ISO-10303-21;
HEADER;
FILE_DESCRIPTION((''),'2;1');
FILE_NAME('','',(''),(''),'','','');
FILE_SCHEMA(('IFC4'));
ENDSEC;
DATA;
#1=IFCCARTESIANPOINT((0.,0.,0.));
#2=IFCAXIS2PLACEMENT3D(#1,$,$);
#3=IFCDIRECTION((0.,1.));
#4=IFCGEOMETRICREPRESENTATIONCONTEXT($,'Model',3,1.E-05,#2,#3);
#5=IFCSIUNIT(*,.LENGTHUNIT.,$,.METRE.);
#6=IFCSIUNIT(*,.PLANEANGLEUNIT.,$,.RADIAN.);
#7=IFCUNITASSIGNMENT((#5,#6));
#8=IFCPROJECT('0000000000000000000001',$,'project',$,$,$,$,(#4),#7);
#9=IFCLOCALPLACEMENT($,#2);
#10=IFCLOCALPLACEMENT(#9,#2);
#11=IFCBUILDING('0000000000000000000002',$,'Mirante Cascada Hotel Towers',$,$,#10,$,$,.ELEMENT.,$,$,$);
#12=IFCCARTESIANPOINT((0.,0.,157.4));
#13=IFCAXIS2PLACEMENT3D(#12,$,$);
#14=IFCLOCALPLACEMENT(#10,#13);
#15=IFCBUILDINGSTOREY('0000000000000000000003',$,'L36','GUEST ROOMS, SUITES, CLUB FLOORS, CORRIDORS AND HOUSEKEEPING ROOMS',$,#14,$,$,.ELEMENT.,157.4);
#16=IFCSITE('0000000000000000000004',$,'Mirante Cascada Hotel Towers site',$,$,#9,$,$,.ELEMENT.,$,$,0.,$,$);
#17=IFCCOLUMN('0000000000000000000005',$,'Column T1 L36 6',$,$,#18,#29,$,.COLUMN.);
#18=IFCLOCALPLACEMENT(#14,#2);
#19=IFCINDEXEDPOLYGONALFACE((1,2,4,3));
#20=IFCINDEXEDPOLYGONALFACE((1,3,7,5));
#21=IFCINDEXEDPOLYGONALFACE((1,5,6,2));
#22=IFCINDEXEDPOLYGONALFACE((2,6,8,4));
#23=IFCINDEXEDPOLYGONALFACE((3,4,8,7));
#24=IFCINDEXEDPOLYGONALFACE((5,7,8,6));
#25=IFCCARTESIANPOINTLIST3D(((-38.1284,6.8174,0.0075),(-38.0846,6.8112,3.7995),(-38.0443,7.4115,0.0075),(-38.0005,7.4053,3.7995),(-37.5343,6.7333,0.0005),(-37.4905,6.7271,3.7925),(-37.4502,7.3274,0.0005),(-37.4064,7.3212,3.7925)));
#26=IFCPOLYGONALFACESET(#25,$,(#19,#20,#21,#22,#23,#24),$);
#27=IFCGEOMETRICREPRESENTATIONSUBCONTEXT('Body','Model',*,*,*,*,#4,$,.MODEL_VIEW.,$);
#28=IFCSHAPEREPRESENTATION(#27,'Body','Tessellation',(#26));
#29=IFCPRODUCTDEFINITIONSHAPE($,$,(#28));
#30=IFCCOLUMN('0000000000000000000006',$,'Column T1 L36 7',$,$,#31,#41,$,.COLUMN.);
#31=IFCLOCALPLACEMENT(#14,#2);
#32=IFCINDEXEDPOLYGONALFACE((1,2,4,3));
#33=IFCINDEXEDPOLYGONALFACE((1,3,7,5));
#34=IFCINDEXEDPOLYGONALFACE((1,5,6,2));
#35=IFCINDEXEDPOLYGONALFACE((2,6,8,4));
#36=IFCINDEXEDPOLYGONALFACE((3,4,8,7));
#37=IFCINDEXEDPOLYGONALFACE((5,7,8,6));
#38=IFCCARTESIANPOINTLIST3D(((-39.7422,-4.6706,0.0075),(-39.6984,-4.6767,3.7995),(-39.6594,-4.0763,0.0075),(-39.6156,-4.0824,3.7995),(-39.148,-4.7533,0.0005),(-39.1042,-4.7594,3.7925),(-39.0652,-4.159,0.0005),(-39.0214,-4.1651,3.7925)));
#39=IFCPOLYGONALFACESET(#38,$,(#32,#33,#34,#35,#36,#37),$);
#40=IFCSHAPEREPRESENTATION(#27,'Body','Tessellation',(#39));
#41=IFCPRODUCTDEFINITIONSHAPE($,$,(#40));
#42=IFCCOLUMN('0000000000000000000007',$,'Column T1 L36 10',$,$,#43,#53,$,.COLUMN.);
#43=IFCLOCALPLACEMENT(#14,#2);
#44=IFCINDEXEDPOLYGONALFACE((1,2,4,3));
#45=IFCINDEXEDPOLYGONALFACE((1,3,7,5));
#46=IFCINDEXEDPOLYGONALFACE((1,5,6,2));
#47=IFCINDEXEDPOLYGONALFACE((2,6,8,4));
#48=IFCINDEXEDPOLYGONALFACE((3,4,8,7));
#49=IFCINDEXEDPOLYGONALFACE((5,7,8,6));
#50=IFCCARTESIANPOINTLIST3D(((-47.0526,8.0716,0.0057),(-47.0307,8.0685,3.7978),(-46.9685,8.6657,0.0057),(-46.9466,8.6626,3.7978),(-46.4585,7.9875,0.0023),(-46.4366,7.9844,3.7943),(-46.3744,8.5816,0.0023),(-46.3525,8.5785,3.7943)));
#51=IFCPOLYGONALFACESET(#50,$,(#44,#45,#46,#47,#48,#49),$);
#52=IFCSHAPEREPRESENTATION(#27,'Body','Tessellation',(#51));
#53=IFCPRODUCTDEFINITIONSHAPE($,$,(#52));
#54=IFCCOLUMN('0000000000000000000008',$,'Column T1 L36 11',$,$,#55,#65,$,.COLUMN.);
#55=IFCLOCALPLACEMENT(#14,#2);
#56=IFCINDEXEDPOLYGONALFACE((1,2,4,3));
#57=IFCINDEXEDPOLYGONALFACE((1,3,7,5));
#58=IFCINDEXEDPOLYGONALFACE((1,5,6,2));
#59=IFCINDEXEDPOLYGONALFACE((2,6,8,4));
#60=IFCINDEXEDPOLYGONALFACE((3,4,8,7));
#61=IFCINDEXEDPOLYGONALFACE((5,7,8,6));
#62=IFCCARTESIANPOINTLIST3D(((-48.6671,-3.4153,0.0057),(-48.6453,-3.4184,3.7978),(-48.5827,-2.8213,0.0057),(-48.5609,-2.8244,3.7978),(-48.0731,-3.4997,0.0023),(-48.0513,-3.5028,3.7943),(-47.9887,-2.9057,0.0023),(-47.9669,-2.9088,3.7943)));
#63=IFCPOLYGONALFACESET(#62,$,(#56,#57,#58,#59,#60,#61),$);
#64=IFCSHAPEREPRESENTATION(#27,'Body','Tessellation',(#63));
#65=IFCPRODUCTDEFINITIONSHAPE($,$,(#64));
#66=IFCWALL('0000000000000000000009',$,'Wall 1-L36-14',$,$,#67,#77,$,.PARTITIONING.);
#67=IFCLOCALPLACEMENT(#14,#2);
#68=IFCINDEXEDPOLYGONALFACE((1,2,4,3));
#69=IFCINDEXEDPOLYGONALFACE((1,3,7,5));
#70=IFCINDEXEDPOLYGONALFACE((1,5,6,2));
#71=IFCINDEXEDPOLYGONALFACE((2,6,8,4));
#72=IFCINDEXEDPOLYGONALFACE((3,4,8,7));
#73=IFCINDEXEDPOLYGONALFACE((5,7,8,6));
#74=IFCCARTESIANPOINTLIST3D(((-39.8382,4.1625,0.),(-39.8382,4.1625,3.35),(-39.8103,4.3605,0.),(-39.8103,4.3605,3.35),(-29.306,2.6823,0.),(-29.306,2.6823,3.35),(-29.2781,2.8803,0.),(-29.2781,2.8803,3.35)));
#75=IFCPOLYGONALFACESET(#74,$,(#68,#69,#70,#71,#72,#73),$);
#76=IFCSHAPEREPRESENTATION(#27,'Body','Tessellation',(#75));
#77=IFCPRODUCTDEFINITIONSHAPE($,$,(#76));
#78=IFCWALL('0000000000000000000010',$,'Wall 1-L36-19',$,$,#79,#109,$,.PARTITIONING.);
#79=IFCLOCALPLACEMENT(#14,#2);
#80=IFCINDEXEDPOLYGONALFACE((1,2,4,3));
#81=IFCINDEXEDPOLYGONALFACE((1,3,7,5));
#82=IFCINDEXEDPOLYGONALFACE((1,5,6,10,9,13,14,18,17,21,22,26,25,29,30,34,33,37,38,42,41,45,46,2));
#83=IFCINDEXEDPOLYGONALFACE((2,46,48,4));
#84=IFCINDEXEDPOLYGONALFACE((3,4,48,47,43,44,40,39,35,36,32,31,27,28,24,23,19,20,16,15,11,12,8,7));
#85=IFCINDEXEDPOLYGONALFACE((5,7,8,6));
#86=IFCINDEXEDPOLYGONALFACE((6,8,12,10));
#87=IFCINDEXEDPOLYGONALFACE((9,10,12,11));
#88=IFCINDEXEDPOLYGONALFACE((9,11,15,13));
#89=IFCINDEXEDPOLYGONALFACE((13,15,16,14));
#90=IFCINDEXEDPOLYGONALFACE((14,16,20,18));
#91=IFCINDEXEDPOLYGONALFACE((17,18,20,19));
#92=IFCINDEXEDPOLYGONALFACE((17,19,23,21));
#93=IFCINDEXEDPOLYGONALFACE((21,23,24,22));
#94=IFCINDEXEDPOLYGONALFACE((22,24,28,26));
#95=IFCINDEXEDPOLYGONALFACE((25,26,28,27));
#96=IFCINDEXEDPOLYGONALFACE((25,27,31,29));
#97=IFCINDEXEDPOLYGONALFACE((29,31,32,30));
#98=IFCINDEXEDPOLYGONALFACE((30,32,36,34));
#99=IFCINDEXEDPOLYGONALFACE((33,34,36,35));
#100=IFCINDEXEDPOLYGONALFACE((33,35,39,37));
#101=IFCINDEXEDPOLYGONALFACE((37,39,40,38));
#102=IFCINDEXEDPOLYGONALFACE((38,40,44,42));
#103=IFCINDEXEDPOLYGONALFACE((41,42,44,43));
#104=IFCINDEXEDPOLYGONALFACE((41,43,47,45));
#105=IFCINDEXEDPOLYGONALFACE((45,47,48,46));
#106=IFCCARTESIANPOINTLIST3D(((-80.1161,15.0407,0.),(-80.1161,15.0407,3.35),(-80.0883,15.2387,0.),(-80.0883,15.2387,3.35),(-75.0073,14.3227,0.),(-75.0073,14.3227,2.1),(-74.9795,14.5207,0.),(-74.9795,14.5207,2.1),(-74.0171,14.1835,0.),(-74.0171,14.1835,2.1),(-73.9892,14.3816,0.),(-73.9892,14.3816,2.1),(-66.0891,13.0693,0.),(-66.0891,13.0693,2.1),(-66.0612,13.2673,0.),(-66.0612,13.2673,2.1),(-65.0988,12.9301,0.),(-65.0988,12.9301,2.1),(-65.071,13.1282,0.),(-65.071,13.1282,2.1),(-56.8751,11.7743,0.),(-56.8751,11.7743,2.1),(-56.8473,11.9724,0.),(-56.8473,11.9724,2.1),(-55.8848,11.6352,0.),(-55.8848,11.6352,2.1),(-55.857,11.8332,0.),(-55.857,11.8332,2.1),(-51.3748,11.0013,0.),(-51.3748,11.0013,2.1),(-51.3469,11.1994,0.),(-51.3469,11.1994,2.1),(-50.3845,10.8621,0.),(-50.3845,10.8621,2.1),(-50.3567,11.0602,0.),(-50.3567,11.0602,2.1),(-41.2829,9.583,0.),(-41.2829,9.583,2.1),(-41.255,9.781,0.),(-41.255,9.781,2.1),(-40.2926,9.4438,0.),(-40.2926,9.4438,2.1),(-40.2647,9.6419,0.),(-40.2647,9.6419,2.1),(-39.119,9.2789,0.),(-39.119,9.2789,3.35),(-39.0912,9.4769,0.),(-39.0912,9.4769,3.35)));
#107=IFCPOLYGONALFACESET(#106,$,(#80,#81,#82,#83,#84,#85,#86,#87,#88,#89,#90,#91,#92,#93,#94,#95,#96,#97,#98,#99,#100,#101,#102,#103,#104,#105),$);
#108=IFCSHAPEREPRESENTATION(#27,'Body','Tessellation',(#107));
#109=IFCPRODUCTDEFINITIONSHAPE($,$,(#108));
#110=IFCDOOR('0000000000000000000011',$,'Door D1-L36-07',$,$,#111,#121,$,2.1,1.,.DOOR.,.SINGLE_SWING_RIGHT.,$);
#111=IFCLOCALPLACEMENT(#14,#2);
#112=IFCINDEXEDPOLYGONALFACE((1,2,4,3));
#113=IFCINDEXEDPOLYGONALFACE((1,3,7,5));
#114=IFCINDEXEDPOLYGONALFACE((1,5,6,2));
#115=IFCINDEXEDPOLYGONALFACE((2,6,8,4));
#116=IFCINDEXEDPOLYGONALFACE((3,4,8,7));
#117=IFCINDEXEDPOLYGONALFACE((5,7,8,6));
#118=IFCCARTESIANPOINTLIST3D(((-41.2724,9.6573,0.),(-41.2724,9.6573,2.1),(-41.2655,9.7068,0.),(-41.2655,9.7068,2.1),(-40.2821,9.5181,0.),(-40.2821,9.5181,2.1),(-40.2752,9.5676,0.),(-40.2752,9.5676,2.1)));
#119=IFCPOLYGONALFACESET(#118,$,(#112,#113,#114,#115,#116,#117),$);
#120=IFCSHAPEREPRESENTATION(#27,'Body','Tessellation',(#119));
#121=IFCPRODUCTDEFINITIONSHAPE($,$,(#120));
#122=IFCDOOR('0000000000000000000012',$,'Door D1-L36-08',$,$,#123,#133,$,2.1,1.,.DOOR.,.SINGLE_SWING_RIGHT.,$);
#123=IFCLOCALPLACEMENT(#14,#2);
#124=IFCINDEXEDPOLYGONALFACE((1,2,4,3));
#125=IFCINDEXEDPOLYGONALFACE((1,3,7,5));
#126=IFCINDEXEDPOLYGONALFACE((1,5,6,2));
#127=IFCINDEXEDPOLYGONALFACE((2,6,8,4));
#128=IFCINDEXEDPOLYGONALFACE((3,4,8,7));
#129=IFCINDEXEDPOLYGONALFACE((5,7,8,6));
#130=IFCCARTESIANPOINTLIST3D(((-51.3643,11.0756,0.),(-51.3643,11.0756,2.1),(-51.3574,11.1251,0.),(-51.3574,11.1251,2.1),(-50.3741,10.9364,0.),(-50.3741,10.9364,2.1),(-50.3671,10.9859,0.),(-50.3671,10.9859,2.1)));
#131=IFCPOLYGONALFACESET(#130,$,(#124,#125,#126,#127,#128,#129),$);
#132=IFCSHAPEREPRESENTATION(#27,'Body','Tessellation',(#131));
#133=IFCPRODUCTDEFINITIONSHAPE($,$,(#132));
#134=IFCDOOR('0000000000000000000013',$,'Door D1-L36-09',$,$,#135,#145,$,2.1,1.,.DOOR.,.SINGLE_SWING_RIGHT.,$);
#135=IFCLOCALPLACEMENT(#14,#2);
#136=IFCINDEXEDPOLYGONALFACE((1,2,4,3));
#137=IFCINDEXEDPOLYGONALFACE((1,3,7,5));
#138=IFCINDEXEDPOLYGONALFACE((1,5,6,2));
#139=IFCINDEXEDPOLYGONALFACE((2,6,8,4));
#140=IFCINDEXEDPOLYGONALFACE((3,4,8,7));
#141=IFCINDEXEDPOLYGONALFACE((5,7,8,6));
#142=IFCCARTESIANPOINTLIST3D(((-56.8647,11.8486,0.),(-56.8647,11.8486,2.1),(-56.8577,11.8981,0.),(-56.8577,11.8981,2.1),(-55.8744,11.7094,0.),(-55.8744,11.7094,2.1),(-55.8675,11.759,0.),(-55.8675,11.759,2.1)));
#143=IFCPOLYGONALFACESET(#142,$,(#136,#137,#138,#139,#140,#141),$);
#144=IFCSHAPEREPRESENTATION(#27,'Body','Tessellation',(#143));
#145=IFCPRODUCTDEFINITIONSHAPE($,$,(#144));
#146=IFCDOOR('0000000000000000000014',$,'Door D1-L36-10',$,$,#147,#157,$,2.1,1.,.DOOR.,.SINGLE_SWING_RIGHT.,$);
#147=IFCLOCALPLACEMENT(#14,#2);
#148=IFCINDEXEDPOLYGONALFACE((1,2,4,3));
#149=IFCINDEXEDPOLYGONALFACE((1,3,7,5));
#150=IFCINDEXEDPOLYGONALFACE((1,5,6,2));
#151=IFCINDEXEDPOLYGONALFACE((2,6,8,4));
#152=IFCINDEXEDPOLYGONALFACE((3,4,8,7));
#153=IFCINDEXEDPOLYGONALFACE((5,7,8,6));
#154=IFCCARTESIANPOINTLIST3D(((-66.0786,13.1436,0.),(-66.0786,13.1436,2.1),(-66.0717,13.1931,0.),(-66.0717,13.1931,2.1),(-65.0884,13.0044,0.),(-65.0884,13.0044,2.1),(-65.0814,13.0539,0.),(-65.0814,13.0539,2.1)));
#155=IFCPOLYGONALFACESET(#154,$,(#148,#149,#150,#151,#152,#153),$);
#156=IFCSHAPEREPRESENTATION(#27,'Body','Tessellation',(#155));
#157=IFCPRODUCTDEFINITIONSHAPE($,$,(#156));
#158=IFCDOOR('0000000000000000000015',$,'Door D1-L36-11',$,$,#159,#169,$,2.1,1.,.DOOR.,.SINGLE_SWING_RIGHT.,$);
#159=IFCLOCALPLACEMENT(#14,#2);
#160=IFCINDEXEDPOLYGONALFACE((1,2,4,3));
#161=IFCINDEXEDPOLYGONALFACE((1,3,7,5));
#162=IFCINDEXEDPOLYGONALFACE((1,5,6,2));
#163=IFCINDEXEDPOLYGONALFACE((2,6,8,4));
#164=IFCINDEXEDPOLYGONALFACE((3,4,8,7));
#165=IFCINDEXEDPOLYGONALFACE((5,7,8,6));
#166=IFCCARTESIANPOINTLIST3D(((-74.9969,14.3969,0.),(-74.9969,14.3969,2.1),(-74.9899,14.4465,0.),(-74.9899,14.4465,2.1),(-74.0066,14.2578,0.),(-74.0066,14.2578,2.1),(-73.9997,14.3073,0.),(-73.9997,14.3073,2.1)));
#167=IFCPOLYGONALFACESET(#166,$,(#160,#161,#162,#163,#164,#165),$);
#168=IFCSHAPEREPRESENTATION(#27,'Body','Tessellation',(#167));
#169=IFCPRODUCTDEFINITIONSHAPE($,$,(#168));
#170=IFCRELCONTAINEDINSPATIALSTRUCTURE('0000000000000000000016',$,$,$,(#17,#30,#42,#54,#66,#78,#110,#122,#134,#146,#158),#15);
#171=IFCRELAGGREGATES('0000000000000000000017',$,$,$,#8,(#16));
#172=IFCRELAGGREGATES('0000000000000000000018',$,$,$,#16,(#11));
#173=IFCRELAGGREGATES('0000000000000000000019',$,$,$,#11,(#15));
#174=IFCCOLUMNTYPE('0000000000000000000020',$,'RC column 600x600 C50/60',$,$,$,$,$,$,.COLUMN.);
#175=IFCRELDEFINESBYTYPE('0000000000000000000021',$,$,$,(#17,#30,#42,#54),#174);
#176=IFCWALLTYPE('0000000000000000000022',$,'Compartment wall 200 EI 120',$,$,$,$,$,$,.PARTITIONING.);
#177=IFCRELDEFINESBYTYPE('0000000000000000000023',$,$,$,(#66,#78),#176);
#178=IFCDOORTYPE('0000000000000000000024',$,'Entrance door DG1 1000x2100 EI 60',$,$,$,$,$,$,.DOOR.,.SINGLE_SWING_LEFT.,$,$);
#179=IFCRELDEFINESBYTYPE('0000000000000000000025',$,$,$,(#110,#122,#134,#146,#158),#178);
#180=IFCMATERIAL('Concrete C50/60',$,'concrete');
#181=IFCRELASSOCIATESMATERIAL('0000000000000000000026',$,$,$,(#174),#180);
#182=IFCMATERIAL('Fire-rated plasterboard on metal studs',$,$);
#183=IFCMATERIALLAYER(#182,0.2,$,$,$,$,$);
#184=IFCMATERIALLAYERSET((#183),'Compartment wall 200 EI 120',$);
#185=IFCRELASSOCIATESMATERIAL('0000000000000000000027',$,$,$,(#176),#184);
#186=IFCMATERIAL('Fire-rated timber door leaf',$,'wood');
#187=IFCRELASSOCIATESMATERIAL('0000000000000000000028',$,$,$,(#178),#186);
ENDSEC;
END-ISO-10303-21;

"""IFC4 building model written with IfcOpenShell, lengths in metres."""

from ifc_helpers import new_model, si_unit, direction, frame, frame_2d, origin, origin_2d, place, context, subcontext, project, spatial, rectangle, extrude, material, layer, layer_set, material_profile, profile_set, type_object, element, fill, save


model = new_model("IFC4")

# Units and contexts
model_context = context("Model", 3, precision=1e-05, world=origin(), true_north=direction((0.0, 1.0)))
body_context = subcontext(model_context, "Body", "Model", "MODEL_VIEW")
ifc_project = project(units=[si_unit("LENGTHUNIT", "METRE"), si_unit("PLANEANGLEUNIT", "RADIAN")], contexts=[model_context])

# Site, building, storey
site_placement = place(None, origin())
site = spatial("IfcSite", under=ifc_project, at=site_placement, Name="Mirante Cascada Hotel Towers site", CompositionType="ELEMENT", RefElevation=0.0)
building_placement = place(site_placement, origin())
building = spatial("IfcBuilding", under=site, at=building_placement, Name="Mirante Cascada Hotel Towers", CompositionType="ELEMENT")
storey_placement = place(building_placement, frame((0.0, 0.0, 157.4)))
storey = spatial("IfcBuildingStorey", under=building, at=storey_placement, Name="L36", Description="GUEST ROOMS, SUITES, CLUB FLOORS, CORRIDORS AND HOUSEKEEPING ROOMS", CompositionType="ELEMENT", Elevation=157.4)

# Columns
ifc_material_1 = material(Name="Concrete C50/60", Category="concrete")
ifc_material_profile = material_profile(ifc_material_1, rectangle(XDim=0.6, YDim=0.6, at=origin_2d()), Name="RC column 600x600 C50/60")
ifc_profile_set = profile_set([ifc_material_profile], Name="Concrete C50/60")
column_type = type_object("IfcColumnType", Name="RC column 600x600 C50/60", PredefinedType="COLUMN", material=ifc_profile_set)
for number, where, z_axis, x_axis, name in (
    (1, (-37.7893, 7.0724, 0.004), (0.01155, -0.001635, 0.999932), (0.140155, 0.990129, 0.0), "Column T1 L36 6"),
    (2, (-39.4037, -4.4148, 0.004), (0.01155, -0.001608, 0.999932), (0.137938, 0.990441, 0.0), "Column T1 L36 7"),
):
    element("IfcColumn", number, at=place(storey_placement, frame(where, z_axis=z_axis, x_axis=x_axis)), inside=storey, type_object=column_type, Name=name, PredefinedType="COLUMN", context=body_context, shape_type="SweptSolid", body=[
        extrude(rectangle(XDim=0.6, YDim=0.6, at=origin_2d()), origin(), (0.0, 0.0, 1.0), 3.7923),
    ])
for number, where, z_axis, x_axis, name in (
    (3, (-46.7135, 8.3266, 0.004), (0.005775, -0.000817, 0.999983), (0.140155, 0.990129, 0.0), "Column T1 L36 10"),
    (4, (-48.3279, -3.1605, 0.004), (0.005749, -0.000817, 0.999983), (0.140786, 0.99004, 0.0), "Column T1 L36 11"),
):
    element("IfcColumn", number, at=place(storey_placement, frame(where, z_axis=z_axis, x_axis=x_axis)), inside=storey, type_object=column_type, Name=name, PredefinedType="COLUMN", context=body_context, shape_type="SweptSolid", body=[
        extrude(rectangle(XDim=0.6, YDim=0.6, at=origin_2d()), origin(), (0.0, 0.0, 1.0), 3.7921),
    ])

# Wall
ifc_material_2 = material(Name="Fire-rated plasterboard on metal studs")
ifc_layer_1 = layer(ifc_material_2, 0.2)
ifc_layer_set_1 = layer_set([ifc_layer_1], Name="Compartment wall 200 EI 120")
wall_type_1 = type_object("IfcWallType", Name="Compartment wall 200 EI 120", PredefinedType="PARTITIONING", material=ifc_layer_set_1)
wall_1_placement = place(storey_placement, frame((-39.8242, 4.2615, 0.0), z_axis=(0.0, 0.0, 1.0), x_axis=(0.990268, -0.139173, 0.0)))
element("IfcWall", 5, at=wall_1_placement, inside=storey, type_object=wall_type_1, Name="Wall 1-L36-14", PredefinedType="PARTITIONING", context=body_context, shape_type="SweptSolid", body=[
    extrude(rectangle(XDim=10.6357, YDim=0.2, at=frame_2d((5.3178, 0.0))), origin(), (0.0, 0.0, 1.0), 3.35),
])

# Wall, openings, doors
wall_2_placement = place(storey_placement, frame((-39.1051, 9.3779, 0.0), z_axis=(0.0, 0.0, 1.0), x_axis=(-0.990268, 0.139174, 0.0)))
wall_2 = element("IfcWall", 6, at=wall_2_placement, inside=storey, type_object=wall_type_1, Name="Wall 1-L36-19", PredefinedType="PARTITIONING", context=body_context, shape_type="SweptSolid", body=[
    extrude(rectangle(XDim=41.4, YDim=0.2, at=frame_2d((20.7, 0.0))), origin(), (0.0, 0.0, 1.0), 3.35),
])
opening_1_placement = place(wall_2_placement, frame((1.1851, 0.0, 0.0)))
opening_1 = element("IfcOpeningElement", 7, at=opening_1_placement, cuts=wall_2, PredefinedType="OPENING", context=body_context, shape_type="SweptSolid", body=[
    extrude(rectangle(XDim=1.0, YDim=2.1, at=frame_2d((0.5, 1.05))), frame((0.0, 0.1, 0.0), z_axis=(0.0, -1.0, 0.0), x_axis=(1.0, 0.0, 0.0)), (0.0, 0.0, 1.0), 0.2),
])
opening_2_placement = place(wall_2_placement, frame((11.3762, 0.0, 0.0)))
opening_2 = element("IfcOpeningElement", 8, at=opening_2_placement, cuts=wall_2, PredefinedType="OPENING", context=body_context, shape_type="SweptSolid", body=[
    extrude(rectangle(XDim=1.0, YDim=2.1, at=frame_2d((0.5, 1.05))), frame((0.0, 0.1, 0.0), z_axis=(0.0, -1.0, 0.0), x_axis=(1.0, 0.0, 0.0)), (0.0, 0.0, 1.0), 0.2),
])
opening_3_placement = place(wall_2_placement, frame((16.9306, 0.0, 0.0)))
opening_3 = element("IfcOpeningElement", 9, at=opening_3_placement, cuts=wall_2, PredefinedType="OPENING", context=body_context, shape_type="SweptSolid", body=[
    extrude(rectangle(XDim=1.0, YDim=2.1, at=frame_2d((0.5, 1.05))), frame((0.0, 0.1, 0.0), z_axis=(0.0, -1.0, 0.0), x_axis=(1.0, 0.0, 0.0)), (0.0, 0.0, 1.0), 0.2),
])
opening_4_placement = place(wall_2_placement, frame((26.2351, 0.0, 0.0)))
opening_4 = element("IfcOpeningElement", 10, at=opening_4_placement, cuts=wall_2, PredefinedType="OPENING", context=body_context, shape_type="SweptSolid", body=[
    extrude(rectangle(XDim=1.0, YDim=2.1, at=frame_2d((0.5, 1.05))), frame((0.0, 0.1, 0.0), z_axis=(0.0, -1.0, 0.0), x_axis=(1.0, 0.0, 0.0)), (0.0, 0.0, 1.0), 0.2),
])
opening_5_placement = place(wall_2_placement, frame((35.241, 0.0, 0.0)))
opening_5 = element("IfcOpeningElement", 11, at=opening_5_placement, cuts=wall_2, PredefinedType="OPENING", context=body_context, shape_type="SweptSolid", body=[
    extrude(rectangle(XDim=1.0, YDim=2.1, at=frame_2d((0.5, 1.05))), frame((0.0, 0.1, 0.0), z_axis=(0.0, -1.0, 0.0), x_axis=(1.0, 0.0, 0.0)), (0.0, 0.0, 1.0), 0.2),
])
ifc_material_3 = material(Name="Fire-rated timber door leaf", Category="wood")
door_type_1 = type_object("IfcDoorType", Name="Entrance door DG1 1000x2100 EI 60", OperationType="SINGLE_SWING_LEFT", PredefinedType="DOOR", material=ifc_material_3)
door_1_placement = place(opening_1_placement, frame((1.0, 0.0, 0.0), z_axis=(0.0, 0.0, 1.0), x_axis=(-1.0, 0.0, 0.0)))
door_1 = element("IfcDoor", 12, at=door_1_placement, inside=storey, type_object=door_type_1, Name="Door D1-L36-07", OperationType="SINGLE_SWING_RIGHT", OverallHeight=2.1, OverallWidth=1.0, PredefinedType="DOOR", context=body_context, shape_type="SweptSolid", body=[
    extrude(rectangle(XDim=1.0, YDim=2.1, at=frame_2d((0.5, 1.05))), frame((0.0, 0.025, 0.0), z_axis=(0.0, -1.0, 0.0), x_axis=(1.0, 0.0, 0.0)), (0.0, 0.0, 1.0), 0.05),
])
fill(opening_1, door_1)
door_2_placement = place(opening_2_placement, frame((1.0, 0.0, 0.0), z_axis=(0.0, 0.0, 1.0), x_axis=(-1.0, 0.0, 0.0)))
door_2 = element("IfcDoor", 13, at=door_2_placement, inside=storey, type_object=door_type_1, Name="Door D1-L36-08", OperationType="SINGLE_SWING_RIGHT", OverallHeight=2.1, OverallWidth=1.0, PredefinedType="DOOR", context=body_context, shape_type="SweptSolid", body=[
    extrude(rectangle(XDim=1.0, YDim=2.1, at=frame_2d((0.5, 1.05))), frame((0.0, 0.025, 0.0), z_axis=(0.0, -1.0, 0.0), x_axis=(1.0, 0.0, 0.0)), (0.0, 0.0, 1.0), 0.05),
])
fill(opening_2, door_2)
door_3_placement = place(opening_3_placement, frame((1.0, 0.0, 0.0), z_axis=(0.0, 0.0, 1.0), x_axis=(-1.0, 0.0, 0.0)))
door_3 = element("IfcDoor", 14, at=door_3_placement, inside=storey, type_object=door_type_1, Name="Door D1-L36-09", OperationType="SINGLE_SWING_RIGHT", OverallHeight=2.1, OverallWidth=1.0, PredefinedType="DOOR", context=body_context, shape_type="SweptSolid", body=[
    extrude(rectangle(XDim=1.0, YDim=2.1, at=frame_2d((0.5, 1.05))), frame((0.0, 0.025, 0.0), z_axis=(0.0, -1.0, 0.0), x_axis=(1.0, 0.0, 0.0)), (0.0, 0.0, 1.0), 0.05),
])
fill(opening_3, door_3)
door_4_placement = place(opening_4_placement, frame((1.0, 0.0, 0.0), z_axis=(0.0, 0.0, 1.0), x_axis=(-1.0, 0.0, 0.0)))
door_4 = element("IfcDoor", 15, at=door_4_placement, inside=storey, type_object=door_type_1, Name="Door D1-L36-10", OperationType="SINGLE_SWING_RIGHT", OverallHeight=2.1, OverallWidth=1.0, PredefinedType="DOOR", context=body_context, shape_type="SweptSolid", body=[
    extrude(rectangle(XDim=1.0, YDim=2.1, at=frame_2d((0.5, 1.05))), frame((0.0, 0.025, 0.0), z_axis=(0.0, -1.0, 0.0), x_axis=(1.0, 0.0, 0.0)), (0.0, 0.0, 1.0), 0.05),
])
fill(opening_4, door_4)
door_5_placement = place(opening_5_placement, frame((1.0, 0.0, 0.0), z_axis=(0.0, 0.0, 1.0), x_axis=(-1.0, 0.0, 0.0)))
door_5 = element("IfcDoor", 16, at=door_5_placement, inside=storey, type_object=door_type_1, Name="Door D1-L36-11", OperationType="SINGLE_SWING_RIGHT", OverallHeight=2.1, OverallWidth=1.0, PredefinedType="DOOR", context=body_context, shape_type="SweptSolid", body=[
    extrude(rectangle(XDim=1.0, YDim=2.1, at=frame_2d((0.5, 1.05))), frame((0.0, 0.025, 0.0), z_axis=(0.0, -1.0, 0.0), x_axis=(1.0, 0.0, 0.0)), (0.0, 0.0, 1.0), 0.05),
])
fill(opening_5, door_5)

save(model, "model.ifc")
